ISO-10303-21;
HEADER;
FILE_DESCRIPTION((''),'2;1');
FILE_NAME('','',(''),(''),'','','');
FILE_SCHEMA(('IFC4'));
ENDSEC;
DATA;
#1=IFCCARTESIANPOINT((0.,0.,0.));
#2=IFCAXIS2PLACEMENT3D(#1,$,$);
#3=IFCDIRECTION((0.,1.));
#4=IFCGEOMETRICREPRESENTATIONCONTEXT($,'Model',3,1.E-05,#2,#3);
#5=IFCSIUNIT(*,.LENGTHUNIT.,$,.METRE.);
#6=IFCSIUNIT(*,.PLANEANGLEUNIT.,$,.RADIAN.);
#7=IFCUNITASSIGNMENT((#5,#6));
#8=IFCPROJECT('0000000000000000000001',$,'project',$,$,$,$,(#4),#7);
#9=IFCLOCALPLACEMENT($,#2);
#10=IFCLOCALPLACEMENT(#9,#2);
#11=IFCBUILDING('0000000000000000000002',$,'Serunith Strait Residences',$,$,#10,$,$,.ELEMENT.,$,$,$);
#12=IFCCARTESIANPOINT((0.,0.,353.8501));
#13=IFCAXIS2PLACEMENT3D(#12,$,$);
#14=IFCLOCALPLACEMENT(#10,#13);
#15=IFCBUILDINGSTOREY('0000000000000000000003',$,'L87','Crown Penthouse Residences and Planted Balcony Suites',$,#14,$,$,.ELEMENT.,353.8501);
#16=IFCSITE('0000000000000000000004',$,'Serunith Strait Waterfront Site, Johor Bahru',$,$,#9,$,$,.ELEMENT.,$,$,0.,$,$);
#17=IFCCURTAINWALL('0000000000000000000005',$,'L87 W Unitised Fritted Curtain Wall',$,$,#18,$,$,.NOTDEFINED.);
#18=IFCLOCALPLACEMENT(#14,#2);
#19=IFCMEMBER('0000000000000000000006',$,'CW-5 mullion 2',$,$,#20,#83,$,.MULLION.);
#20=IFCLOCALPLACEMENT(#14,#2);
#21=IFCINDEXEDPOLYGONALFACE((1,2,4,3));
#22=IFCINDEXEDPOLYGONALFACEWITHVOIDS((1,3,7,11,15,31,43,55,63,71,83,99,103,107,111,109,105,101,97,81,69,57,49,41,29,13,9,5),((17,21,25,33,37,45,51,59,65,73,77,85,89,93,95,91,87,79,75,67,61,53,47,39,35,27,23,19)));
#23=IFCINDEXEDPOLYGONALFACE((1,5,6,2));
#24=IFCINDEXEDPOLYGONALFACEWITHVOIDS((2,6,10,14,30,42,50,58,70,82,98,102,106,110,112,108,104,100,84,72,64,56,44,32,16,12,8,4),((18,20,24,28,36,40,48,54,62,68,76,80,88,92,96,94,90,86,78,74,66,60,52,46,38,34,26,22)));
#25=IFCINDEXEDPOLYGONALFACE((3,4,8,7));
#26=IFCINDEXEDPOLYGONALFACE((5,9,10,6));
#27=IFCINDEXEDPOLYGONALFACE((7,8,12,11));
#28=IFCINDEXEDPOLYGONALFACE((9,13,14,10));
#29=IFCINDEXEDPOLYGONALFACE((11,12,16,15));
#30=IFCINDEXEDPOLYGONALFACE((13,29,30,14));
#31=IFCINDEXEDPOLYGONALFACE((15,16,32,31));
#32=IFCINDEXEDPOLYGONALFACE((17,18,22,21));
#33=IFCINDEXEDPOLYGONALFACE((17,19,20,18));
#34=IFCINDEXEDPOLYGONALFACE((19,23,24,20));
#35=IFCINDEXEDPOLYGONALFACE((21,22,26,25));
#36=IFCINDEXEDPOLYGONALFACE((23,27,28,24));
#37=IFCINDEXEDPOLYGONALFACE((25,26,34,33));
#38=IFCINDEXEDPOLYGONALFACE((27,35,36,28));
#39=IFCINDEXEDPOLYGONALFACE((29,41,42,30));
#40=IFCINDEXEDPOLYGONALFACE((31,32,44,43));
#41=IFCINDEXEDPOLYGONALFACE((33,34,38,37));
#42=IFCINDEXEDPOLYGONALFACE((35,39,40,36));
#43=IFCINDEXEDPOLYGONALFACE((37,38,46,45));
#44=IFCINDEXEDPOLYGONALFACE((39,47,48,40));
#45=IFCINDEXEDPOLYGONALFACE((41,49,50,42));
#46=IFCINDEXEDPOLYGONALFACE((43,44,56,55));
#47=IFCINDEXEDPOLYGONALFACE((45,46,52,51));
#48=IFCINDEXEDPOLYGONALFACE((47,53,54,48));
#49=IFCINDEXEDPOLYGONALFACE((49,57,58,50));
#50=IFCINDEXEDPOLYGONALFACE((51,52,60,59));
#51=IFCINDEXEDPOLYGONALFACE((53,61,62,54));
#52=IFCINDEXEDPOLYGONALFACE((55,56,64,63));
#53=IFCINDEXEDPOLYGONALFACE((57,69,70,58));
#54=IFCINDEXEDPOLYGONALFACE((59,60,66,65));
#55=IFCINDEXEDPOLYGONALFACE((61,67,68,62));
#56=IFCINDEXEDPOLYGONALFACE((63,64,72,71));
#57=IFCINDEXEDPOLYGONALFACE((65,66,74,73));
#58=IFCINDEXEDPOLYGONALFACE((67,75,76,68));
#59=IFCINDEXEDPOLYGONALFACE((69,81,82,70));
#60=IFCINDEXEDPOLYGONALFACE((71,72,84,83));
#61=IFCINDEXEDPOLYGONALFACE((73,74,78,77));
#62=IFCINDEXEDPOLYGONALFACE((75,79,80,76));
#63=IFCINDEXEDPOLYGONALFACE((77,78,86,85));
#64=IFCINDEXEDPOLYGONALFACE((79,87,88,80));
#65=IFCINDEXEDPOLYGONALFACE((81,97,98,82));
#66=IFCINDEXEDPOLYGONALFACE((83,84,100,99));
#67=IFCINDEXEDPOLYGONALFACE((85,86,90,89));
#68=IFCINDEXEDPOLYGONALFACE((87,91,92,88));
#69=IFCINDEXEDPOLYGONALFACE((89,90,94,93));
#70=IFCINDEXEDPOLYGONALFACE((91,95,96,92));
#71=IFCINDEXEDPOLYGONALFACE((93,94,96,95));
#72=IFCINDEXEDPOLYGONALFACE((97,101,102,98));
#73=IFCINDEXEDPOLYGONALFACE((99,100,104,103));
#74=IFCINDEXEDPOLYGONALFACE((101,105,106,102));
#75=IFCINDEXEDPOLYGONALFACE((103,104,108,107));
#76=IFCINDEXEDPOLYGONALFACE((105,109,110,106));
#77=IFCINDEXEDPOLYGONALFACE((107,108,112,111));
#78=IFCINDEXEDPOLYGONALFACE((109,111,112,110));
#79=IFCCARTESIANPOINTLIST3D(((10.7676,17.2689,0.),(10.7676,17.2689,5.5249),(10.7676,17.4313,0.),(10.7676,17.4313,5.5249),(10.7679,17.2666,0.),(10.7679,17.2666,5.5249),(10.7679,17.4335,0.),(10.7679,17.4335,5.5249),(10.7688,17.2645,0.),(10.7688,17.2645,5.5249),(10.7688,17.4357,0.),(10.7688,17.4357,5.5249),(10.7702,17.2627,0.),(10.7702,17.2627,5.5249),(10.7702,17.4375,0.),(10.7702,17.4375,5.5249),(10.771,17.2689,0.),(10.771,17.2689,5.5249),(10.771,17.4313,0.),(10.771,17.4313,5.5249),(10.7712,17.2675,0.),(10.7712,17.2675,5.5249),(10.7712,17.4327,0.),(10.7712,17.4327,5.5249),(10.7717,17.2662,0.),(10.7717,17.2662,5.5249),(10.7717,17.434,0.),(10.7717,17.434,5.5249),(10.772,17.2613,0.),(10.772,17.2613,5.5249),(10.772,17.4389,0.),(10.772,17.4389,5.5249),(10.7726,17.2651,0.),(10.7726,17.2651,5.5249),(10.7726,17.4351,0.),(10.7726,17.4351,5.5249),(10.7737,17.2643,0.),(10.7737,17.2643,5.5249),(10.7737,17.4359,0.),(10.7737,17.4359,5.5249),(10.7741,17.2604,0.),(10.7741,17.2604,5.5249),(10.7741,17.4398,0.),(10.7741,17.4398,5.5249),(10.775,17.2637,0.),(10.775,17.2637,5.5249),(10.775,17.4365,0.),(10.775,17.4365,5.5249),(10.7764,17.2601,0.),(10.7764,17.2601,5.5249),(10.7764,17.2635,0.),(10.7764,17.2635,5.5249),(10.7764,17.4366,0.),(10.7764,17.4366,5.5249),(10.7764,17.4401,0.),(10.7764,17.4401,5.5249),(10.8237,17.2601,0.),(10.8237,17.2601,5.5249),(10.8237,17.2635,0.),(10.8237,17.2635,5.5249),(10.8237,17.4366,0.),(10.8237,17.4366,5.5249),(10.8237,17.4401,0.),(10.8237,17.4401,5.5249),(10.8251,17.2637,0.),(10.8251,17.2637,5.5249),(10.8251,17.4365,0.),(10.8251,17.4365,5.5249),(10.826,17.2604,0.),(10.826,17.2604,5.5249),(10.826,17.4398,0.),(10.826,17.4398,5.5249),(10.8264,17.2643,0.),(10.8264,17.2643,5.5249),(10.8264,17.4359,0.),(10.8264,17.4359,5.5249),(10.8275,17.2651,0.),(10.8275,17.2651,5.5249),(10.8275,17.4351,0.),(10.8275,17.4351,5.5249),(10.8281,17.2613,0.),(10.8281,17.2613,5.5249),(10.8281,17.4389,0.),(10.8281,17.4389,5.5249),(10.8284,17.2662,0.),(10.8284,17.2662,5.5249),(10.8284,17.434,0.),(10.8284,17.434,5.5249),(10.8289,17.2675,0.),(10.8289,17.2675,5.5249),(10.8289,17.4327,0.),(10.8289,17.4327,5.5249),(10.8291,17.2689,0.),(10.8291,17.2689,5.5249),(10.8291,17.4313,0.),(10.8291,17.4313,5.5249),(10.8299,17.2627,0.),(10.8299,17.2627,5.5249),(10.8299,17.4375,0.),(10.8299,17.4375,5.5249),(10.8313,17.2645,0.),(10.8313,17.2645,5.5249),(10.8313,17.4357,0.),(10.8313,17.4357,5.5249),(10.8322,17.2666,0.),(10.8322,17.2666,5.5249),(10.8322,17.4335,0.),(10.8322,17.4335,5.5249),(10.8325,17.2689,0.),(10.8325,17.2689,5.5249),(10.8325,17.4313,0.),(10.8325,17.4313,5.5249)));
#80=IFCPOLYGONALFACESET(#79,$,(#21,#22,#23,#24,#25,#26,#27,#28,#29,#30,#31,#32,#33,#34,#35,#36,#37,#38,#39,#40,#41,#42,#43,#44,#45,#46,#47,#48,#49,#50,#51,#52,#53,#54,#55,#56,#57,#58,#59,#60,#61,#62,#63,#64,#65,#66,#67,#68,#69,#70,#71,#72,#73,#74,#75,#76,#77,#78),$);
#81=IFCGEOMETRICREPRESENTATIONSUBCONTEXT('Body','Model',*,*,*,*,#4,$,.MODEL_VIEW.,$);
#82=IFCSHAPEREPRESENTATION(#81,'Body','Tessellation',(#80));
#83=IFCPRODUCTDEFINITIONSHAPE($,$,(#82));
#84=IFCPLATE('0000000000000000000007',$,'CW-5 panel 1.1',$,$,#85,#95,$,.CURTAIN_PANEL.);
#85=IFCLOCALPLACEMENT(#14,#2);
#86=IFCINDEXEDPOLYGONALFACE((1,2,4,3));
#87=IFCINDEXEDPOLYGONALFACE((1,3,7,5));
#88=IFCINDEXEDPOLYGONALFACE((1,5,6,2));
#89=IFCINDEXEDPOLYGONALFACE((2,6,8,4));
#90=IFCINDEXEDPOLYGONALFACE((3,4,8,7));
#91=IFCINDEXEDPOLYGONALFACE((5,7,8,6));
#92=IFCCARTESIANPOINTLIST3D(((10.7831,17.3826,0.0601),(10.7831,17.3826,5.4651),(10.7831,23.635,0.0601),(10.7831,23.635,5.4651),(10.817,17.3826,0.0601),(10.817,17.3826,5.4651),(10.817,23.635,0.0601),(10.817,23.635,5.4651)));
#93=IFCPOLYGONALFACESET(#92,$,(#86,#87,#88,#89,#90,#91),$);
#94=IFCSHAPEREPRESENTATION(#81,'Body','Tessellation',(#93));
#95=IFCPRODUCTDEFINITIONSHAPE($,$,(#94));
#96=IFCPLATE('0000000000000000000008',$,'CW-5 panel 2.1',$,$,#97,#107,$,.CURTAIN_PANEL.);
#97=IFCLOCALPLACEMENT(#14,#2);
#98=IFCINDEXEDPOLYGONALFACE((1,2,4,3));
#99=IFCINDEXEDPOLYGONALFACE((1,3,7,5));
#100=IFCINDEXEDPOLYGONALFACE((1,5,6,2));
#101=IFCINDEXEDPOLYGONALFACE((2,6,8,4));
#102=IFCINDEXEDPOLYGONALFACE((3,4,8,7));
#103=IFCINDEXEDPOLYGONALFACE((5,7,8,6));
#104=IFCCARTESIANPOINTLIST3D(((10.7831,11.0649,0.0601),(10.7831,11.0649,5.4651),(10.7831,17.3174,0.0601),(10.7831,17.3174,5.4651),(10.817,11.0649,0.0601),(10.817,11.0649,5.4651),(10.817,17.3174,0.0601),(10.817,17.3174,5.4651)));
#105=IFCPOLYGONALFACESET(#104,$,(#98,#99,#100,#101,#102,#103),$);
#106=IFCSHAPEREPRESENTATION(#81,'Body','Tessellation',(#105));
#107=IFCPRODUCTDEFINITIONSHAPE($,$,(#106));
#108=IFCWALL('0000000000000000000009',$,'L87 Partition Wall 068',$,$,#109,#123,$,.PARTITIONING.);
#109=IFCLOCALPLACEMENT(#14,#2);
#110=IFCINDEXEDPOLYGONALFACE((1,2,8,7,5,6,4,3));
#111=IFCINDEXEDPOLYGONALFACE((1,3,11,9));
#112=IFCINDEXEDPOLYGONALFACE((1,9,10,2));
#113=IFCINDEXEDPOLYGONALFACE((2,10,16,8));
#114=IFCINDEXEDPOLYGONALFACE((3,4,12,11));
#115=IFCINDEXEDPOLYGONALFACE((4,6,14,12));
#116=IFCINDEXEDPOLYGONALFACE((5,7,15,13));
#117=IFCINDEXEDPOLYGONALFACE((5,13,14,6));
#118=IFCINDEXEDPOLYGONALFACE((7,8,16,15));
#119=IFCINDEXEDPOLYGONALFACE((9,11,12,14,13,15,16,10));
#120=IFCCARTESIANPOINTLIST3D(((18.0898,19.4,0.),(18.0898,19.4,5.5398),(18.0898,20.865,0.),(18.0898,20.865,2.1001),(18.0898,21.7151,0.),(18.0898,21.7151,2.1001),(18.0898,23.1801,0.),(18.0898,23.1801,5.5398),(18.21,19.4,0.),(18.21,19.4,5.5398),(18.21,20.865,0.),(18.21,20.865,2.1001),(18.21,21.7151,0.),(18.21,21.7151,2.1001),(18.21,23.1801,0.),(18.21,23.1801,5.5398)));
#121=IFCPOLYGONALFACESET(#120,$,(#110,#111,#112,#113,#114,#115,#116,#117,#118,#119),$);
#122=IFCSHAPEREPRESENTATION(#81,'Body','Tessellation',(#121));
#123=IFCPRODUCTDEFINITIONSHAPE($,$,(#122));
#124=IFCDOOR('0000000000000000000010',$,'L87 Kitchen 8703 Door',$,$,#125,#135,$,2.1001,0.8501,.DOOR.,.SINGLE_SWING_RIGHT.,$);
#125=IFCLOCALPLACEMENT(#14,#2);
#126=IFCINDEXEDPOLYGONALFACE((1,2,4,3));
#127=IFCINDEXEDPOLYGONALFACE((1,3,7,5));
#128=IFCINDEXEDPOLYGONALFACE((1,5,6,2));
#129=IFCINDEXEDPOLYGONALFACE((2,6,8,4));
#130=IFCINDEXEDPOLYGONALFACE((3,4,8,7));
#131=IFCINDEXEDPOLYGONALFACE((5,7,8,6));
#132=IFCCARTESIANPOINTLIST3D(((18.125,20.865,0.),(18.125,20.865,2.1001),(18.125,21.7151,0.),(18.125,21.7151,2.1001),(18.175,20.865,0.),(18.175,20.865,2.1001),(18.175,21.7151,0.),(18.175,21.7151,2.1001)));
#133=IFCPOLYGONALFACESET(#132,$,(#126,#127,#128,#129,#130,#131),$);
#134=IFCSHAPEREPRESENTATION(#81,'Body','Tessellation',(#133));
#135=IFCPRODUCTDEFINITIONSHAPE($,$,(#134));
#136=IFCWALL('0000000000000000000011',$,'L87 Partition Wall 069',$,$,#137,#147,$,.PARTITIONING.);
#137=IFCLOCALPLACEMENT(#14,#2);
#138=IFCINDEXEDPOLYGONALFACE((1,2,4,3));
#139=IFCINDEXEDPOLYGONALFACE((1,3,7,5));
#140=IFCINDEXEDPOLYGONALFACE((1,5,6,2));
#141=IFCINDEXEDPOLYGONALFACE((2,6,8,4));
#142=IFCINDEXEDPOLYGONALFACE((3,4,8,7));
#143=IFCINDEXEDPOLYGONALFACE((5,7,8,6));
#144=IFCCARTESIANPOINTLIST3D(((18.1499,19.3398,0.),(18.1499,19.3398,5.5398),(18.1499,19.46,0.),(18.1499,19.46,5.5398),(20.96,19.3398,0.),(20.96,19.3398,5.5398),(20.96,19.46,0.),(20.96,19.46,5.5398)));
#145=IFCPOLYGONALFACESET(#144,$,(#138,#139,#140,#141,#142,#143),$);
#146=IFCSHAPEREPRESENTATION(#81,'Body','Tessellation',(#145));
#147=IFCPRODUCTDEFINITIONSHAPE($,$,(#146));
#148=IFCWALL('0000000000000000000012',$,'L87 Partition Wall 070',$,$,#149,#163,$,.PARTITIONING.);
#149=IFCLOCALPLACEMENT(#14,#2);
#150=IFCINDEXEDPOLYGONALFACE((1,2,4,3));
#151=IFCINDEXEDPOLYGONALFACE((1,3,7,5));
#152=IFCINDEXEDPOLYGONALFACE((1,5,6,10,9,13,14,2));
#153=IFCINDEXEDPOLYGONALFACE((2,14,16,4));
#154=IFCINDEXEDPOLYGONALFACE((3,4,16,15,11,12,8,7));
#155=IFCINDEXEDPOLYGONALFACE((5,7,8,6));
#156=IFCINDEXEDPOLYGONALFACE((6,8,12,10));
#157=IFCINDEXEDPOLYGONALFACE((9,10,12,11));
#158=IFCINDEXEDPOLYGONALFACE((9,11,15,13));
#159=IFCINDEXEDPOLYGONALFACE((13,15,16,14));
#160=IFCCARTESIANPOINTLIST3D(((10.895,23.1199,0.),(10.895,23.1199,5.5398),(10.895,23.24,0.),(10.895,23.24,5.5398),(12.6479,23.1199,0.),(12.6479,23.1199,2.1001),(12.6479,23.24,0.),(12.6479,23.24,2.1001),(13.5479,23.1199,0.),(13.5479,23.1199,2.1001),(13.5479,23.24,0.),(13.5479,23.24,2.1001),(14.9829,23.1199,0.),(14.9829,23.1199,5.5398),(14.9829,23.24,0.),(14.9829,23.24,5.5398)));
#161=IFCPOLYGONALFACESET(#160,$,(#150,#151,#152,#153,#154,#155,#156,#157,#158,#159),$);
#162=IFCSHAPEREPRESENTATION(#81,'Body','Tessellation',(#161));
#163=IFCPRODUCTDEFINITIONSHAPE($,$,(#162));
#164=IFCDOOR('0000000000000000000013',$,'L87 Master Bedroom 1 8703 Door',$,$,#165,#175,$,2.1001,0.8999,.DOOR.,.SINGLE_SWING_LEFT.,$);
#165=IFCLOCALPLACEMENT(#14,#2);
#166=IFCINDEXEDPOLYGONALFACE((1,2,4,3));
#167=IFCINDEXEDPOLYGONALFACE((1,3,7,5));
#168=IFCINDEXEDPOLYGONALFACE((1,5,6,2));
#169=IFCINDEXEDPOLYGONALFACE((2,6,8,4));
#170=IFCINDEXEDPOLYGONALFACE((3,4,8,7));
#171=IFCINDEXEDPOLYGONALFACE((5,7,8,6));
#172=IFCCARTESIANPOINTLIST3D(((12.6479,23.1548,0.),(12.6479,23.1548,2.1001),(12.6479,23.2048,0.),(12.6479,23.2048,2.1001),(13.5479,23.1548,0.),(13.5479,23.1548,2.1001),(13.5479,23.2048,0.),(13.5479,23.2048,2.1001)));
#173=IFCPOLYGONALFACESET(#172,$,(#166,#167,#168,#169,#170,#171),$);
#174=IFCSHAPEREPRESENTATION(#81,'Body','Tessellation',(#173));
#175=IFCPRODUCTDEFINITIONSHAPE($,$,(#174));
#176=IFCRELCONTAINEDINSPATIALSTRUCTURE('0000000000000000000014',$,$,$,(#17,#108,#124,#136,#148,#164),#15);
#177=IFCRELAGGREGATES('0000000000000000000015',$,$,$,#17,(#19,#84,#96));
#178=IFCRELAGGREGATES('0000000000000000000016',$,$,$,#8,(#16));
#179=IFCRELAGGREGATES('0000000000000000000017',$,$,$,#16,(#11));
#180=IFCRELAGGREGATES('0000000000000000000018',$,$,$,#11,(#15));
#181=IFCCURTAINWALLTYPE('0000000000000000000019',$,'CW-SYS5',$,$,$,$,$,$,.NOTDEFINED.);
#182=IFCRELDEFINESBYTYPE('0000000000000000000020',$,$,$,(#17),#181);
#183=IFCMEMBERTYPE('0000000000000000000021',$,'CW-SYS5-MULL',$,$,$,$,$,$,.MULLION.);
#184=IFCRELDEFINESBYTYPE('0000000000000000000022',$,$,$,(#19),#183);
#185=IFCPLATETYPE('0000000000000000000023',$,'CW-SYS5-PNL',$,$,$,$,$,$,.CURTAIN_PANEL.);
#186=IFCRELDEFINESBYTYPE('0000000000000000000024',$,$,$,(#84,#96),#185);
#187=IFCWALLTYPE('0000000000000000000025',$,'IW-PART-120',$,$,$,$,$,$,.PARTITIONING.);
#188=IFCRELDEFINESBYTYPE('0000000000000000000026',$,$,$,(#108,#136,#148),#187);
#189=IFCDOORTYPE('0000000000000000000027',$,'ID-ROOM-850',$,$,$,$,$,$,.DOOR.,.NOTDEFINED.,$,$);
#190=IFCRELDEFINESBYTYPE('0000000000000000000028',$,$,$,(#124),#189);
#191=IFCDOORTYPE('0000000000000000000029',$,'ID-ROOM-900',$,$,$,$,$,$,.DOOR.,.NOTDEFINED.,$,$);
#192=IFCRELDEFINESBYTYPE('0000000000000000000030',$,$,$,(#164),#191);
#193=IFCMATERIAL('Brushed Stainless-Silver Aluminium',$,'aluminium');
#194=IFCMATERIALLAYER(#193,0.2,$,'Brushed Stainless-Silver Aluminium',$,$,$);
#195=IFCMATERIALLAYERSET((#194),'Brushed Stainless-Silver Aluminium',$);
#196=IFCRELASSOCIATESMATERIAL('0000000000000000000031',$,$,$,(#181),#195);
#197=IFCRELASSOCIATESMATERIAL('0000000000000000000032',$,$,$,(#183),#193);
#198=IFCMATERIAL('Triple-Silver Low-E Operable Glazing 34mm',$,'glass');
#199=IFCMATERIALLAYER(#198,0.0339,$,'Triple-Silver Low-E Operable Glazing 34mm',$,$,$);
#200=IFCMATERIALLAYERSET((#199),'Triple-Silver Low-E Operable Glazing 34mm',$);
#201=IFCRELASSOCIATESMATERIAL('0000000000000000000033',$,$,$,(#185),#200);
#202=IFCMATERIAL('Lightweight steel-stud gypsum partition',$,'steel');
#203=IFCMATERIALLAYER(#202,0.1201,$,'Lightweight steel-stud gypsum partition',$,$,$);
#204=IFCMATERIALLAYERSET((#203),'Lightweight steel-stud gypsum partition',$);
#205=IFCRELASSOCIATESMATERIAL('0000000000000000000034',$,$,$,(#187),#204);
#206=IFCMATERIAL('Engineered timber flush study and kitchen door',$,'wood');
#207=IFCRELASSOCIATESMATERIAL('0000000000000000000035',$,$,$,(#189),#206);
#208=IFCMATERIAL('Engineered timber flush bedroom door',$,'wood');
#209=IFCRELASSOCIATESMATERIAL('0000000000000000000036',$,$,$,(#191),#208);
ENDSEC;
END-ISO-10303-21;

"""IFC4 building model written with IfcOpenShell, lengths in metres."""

from ifc_helpers import new_model, si_unit, direction, frame, frame_2d, origin, origin_2d, place, context, subcontext, project, spatial, rectangle, hollow_rectangle, extrude, source, transform, mapped, material, layer, layer_set, material_profile, profile_set, type_object, element, fill, aggregate, save


model = new_model("IFC4")

# Units and contexts
model_context = context("Model", 3, precision=1e-05, world=origin(), true_north=direction((0.0, 1.0)))
body_context = subcontext(model_context, "Body", "Model", "MODEL_VIEW")
ifc_project = project(units=[si_unit("LENGTHUNIT", "METRE"), si_unit("PLANEANGLEUNIT", "RADIAN")], contexts=[model_context])

# Site, building, storey
site_placement = place(None, origin())
site = spatial("IfcSite", under=ifc_project, at=site_placement, Name="Serunith Strait Waterfront Site, Johor Bahru", CompositionType="ELEMENT", RefElevation=0.0)
building_placement = place(site_placement, origin())
building = spatial("IfcBuilding", under=site, at=building_placement, Name="Serunith Strait Residences", CompositionType="ELEMENT")
storey_placement = place(building_placement, frame((0.0, 0.0, 353.8501)))
storey = spatial("IfcBuildingStorey", under=building, at=storey_placement, Name="L87", Description="Crown Penthouse Residences and Planted Balcony Suites", CompositionType="ELEMENT", Elevation=353.8501)

# Curtain wall, member, plates
ifc_material_1 = material(Name="Brushed Stainless-Silver Aluminium", Category="aluminium")
ifc_layer_1 = layer(ifc_material_1, 0.2, Name="Brushed Stainless-Silver Aluminium")
ifc_layer_set_1 = layer_set([ifc_layer_1], Name="Brushed Stainless-Silver Aluminium")
curtain_wall_type = type_object("IfcCurtainWallType", Name="CW-SYS5", PredefinedType="NOTDEFINED", material=ifc_layer_set_1)
curtain_wall_placement = place(storey_placement, origin())
curtain_wall = element("IfcCurtainWall", 1, at=curtain_wall_placement, inside=storey, type_object=curtain_wall_type, Name="L87 W Unitised Fritted Curtain Wall", PredefinedType="NOTDEFINED")
ifc_material_profile_1 = material_profile(ifc_material_1, hollow_rectangle(XDim=0.0649, YDim=0.1799, WallThickness=0.0034, InnerFilletRadius=0.0054, OuterFilletRadius=0.0088, at=origin_2d()), Name="ALU 180x65x3.5")
ifc_profile_set_1 = profile_set([ifc_material_profile_1], Name="Brushed Stainless-Silver Aluminium")
member_type_1 = type_object("IfcMemberType", Name="CW-SYS5-MULL", PredefinedType="MULLION", material=ifc_profile_set_1)
shared_shape_1 = source(origin(), body_context, "Body", "SweptSolid", [
    extrude(hollow_rectangle(XDim=0.0649, YDim=0.1799, WallThickness=0.0034, InnerFilletRadius=0.0054, OuterFilletRadius=0.0088, at=origin_2d()), origin(), (0.0, 0.0, 1.0), 5.5249),
])
member_1_placement = place(storey_placement, frame((10.8, 17.3501, 0.0), z_axis=(0.0, 0.0, 1.0), x_axis=(1.0, 0.0, 0.0)))
member_1 = element("IfcMember", 2, at=member_1_placement, type_object=member_type_1, Name="CW-5 mullion 2", PredefinedType="MULLION", context=body_context, shape_type="MappedRepresentation", body=[
    mapped(shared_shape_1, transform((0.0, 0.0, 0.0), scale=1.0)),
])
ifc_material_2 = material(Name="Triple-Silver Low-E Operable Glazing 34mm", Category="glass")
ifc_layer_2 = layer(ifc_material_2, 0.0339, Name="Triple-Silver Low-E Operable Glazing 34mm")
ifc_layer_set_2 = layer_set([ifc_layer_2], Name="Triple-Silver Low-E Operable Glazing 34mm")
plate_type = type_object("IfcPlateType", Name="CW-SYS5-PNL", PredefinedType="CURTAIN_PANEL", material=ifc_layer_set_2)
shared_shape_2 = source(origin(), body_context, "Body", "SweptSolid", [
    extrude(rectangle(XDim=6.2524, YDim=0.0339, at=origin_2d()), origin(), (0.0, 0.0, 1.0), 5.405),
])
plate_1_placement = place(storey_placement, frame((10.8, 20.5088, 0.0601), z_axis=(0.0, 0.0, 1.0), x_axis=(0.0, -1.0, 0.0)))
plate_1 = element("IfcPlate", 3, at=plate_1_placement, type_object=plate_type, Name="CW-5 panel 1.1", PredefinedType="CURTAIN_PANEL", context=body_context, shape_type="MappedRepresentation", body=[
    mapped(shared_shape_2, transform((0.0, 0.0, 0.0), scale=1.0)),
])
plate_2_placement = place(storey_placement, frame((10.8, 14.1912, 0.0601), z_axis=(0.0, 0.0, 1.0), x_axis=(0.0, -1.0, 0.0)))
plate_2 = element("IfcPlate", 4, at=plate_2_placement, type_object=plate_type, Name="CW-5 panel 2.1", PredefinedType="CURTAIN_PANEL", context=body_context, shape_type="MappedRepresentation", body=[
    mapped(shared_shape_2, transform((0.0, 0.0, 0.0), scale=1.0)),
])
aggregate(curtain_wall, [member_1, plate_1, plate_2])

# Wall, opening, door
ifc_material_3 = material(Name="Lightweight steel-stud gypsum partition", Category="steel")
ifc_layer_3 = layer(ifc_material_3, 0.1201, Name="Lightweight steel-stud gypsum partition")
ifc_layer_set_3 = layer_set([ifc_layer_3], Name="Lightweight steel-stud gypsum partition")
wall_type_1 = type_object("IfcWallType", Name="IW-PART-120", PredefinedType="PARTITIONING", material=ifc_layer_set_3)
wall_1_placement = place(storey_placement, frame((18.1499, 19.3999, 0.0), z_axis=(0.0, 0.0, 1.0), x_axis=(0.0, 1.0, 0.0)))
wall_1 = element("IfcWall", 5, at=wall_1_placement, inside=storey, type_object=wall_type_1, Name="L87 Partition Wall 068", PredefinedType="PARTITIONING", context=body_context, shape_type="SweptSolid", body=[
    extrude(rectangle(XDim=3.78, YDim=0.1201, at=frame_2d((1.8901, 0.0))), origin(), (0.0, 0.0, 1.0), 5.5398),
])
opening_1_placement = place(wall_1_placement, frame((1.4651, 0.0, 0.0)))
opening_1 = element("IfcOpeningElement", 6, at=opening_1_placement, cuts=wall_1, PredefinedType="OPENING", context=body_context, shape_type="SweptSolid", body=[
    extrude(rectangle(XDim=0.8501, YDim=2.1001, at=frame_2d((0.425, 1.05))), frame((0.0, 0.0701, 0.0), z_axis=(0.0, -1.0, 0.0), x_axis=(1.0, 0.0, 0.0)), (0.0, 0.0, 1.0), 0.1401),
])
ifc_material_4 = material(Name="Engineered timber flush study and kitchen door", Category="wood")
door_type_1 = type_object("IfcDoorType", Name="ID-ROOM-850", OperationType="NOTDEFINED", PredefinedType="DOOR", material=ifc_material_4)
shared_shape_3 = source(origin(), body_context, "Body", "SweptSolid", [
    extrude(rectangle(XDim=0.8501, YDim=2.1001, at=frame_2d((0.425, 1.05))), frame((0.0, 0.0249, 0.0), z_axis=(0.0, -1.0, 0.0), x_axis=(1.0, 0.0, 0.0)), (0.0, 0.0, 1.0), 0.05),
])
door_1_placement = place(opening_1_placement, origin())
door_1 = element("IfcDoor", 7, at=door_1_placement, inside=storey, type_object=door_type_1, Name="L87 Kitchen 8703 Door", OperationType="SINGLE_SWING_RIGHT", OverallHeight=2.1001, OverallWidth=0.8501, PredefinedType="DOOR", context=body_context, shape_type="MappedRepresentation", body=[
    mapped(shared_shape_3, transform((0.0, 0.0, 0.0), scale=1.0)),
])
fill(opening_1, door_1)

# Wall
wall_2_placement = place(storey_placement, frame((18.1499, 19.3999, 0.0), z_axis=(0.0, 0.0, 1.0), x_axis=(1.0, 0.0, 0.0)))
element("IfcWall", 8, at=wall_2_placement, inside=storey, type_object=wall_type_1, Name="L87 Partition Wall 069", PredefinedType="PARTITIONING", context=body_context, shape_type="SweptSolid", body=[
    extrude(rectangle(XDim=2.8101, YDim=0.1201, at=frame_2d((1.405, 0.0))), origin(), (0.0, 0.0, 1.0), 5.5398),
])

# Wall, opening, door
wall_3_placement = place(storey_placement, frame((10.895, 23.1799, 0.0), z_axis=(0.0, 0.0, 1.0), x_axis=(1.0, 0.0, 0.0)))
wall_3 = element("IfcWall", 9, at=wall_3_placement, inside=storey, type_object=wall_type_1, Name="L87 Partition Wall 070", PredefinedType="PARTITIONING", context=body_context, shape_type="SweptSolid", body=[
    extrude(rectangle(XDim=4.0879, YDim=0.1201, at=frame_2d((2.0439, 0.0))), origin(), (0.0, 0.0, 1.0), 5.5398),
])
opening_2_placement = place(wall_3_placement, frame((1.7529, 0.0, 0.0)))
opening_2 = element("IfcOpeningElement", 10, at=opening_2_placement, cuts=wall_3, PredefinedType="OPENING", context=body_context, shape_type="SweptSolid", body=[
    extrude(rectangle(XDim=0.8999, YDim=2.1001, at=frame_2d((0.45, 1.05))), frame((0.0, 0.0701, 0.0), z_axis=(0.0, -1.0, 0.0), x_axis=(1.0, 0.0, 0.0)), (0.0, 0.0, 1.0), 0.1401),
])
ifc_material_5 = material(Name="Engineered timber flush bedroom door", Category="wood")
door_type_2 = type_object("IfcDoorType", Name="ID-ROOM-900", OperationType="NOTDEFINED", PredefinedType="DOOR", material=ifc_material_5)
shared_shape_4 = source(origin(), body_context, "Body", "SweptSolid", [
    extrude(rectangle(XDim=0.8999, YDim=2.1001, at=frame_2d((0.45, 1.05))), frame((0.0, 0.0249, 0.0), z_axis=(0.0, -1.0, 0.0), x_axis=(1.0, 0.0, 0.0)), (0.0, 0.0, 1.0), 0.05),
])
door_2_placement = place(opening_2_placement, origin())
door_2 = element("IfcDoor", 11, at=door_2_placement, inside=storey, type_object=door_type_2, Name="L87 Master Bedroom 1 8703 Door", OperationType="SINGLE_SWING_LEFT", OverallHeight=2.1001, OverallWidth=0.8999, PredefinedType="DOOR", context=body_context, shape_type="MappedRepresentation", body=[
    mapped(shared_shape_4, transform((0.0, 0.0, 0.0), scale=1.0)),
])
fill(opening_2, door_2)

save(model, "model.ifc")
